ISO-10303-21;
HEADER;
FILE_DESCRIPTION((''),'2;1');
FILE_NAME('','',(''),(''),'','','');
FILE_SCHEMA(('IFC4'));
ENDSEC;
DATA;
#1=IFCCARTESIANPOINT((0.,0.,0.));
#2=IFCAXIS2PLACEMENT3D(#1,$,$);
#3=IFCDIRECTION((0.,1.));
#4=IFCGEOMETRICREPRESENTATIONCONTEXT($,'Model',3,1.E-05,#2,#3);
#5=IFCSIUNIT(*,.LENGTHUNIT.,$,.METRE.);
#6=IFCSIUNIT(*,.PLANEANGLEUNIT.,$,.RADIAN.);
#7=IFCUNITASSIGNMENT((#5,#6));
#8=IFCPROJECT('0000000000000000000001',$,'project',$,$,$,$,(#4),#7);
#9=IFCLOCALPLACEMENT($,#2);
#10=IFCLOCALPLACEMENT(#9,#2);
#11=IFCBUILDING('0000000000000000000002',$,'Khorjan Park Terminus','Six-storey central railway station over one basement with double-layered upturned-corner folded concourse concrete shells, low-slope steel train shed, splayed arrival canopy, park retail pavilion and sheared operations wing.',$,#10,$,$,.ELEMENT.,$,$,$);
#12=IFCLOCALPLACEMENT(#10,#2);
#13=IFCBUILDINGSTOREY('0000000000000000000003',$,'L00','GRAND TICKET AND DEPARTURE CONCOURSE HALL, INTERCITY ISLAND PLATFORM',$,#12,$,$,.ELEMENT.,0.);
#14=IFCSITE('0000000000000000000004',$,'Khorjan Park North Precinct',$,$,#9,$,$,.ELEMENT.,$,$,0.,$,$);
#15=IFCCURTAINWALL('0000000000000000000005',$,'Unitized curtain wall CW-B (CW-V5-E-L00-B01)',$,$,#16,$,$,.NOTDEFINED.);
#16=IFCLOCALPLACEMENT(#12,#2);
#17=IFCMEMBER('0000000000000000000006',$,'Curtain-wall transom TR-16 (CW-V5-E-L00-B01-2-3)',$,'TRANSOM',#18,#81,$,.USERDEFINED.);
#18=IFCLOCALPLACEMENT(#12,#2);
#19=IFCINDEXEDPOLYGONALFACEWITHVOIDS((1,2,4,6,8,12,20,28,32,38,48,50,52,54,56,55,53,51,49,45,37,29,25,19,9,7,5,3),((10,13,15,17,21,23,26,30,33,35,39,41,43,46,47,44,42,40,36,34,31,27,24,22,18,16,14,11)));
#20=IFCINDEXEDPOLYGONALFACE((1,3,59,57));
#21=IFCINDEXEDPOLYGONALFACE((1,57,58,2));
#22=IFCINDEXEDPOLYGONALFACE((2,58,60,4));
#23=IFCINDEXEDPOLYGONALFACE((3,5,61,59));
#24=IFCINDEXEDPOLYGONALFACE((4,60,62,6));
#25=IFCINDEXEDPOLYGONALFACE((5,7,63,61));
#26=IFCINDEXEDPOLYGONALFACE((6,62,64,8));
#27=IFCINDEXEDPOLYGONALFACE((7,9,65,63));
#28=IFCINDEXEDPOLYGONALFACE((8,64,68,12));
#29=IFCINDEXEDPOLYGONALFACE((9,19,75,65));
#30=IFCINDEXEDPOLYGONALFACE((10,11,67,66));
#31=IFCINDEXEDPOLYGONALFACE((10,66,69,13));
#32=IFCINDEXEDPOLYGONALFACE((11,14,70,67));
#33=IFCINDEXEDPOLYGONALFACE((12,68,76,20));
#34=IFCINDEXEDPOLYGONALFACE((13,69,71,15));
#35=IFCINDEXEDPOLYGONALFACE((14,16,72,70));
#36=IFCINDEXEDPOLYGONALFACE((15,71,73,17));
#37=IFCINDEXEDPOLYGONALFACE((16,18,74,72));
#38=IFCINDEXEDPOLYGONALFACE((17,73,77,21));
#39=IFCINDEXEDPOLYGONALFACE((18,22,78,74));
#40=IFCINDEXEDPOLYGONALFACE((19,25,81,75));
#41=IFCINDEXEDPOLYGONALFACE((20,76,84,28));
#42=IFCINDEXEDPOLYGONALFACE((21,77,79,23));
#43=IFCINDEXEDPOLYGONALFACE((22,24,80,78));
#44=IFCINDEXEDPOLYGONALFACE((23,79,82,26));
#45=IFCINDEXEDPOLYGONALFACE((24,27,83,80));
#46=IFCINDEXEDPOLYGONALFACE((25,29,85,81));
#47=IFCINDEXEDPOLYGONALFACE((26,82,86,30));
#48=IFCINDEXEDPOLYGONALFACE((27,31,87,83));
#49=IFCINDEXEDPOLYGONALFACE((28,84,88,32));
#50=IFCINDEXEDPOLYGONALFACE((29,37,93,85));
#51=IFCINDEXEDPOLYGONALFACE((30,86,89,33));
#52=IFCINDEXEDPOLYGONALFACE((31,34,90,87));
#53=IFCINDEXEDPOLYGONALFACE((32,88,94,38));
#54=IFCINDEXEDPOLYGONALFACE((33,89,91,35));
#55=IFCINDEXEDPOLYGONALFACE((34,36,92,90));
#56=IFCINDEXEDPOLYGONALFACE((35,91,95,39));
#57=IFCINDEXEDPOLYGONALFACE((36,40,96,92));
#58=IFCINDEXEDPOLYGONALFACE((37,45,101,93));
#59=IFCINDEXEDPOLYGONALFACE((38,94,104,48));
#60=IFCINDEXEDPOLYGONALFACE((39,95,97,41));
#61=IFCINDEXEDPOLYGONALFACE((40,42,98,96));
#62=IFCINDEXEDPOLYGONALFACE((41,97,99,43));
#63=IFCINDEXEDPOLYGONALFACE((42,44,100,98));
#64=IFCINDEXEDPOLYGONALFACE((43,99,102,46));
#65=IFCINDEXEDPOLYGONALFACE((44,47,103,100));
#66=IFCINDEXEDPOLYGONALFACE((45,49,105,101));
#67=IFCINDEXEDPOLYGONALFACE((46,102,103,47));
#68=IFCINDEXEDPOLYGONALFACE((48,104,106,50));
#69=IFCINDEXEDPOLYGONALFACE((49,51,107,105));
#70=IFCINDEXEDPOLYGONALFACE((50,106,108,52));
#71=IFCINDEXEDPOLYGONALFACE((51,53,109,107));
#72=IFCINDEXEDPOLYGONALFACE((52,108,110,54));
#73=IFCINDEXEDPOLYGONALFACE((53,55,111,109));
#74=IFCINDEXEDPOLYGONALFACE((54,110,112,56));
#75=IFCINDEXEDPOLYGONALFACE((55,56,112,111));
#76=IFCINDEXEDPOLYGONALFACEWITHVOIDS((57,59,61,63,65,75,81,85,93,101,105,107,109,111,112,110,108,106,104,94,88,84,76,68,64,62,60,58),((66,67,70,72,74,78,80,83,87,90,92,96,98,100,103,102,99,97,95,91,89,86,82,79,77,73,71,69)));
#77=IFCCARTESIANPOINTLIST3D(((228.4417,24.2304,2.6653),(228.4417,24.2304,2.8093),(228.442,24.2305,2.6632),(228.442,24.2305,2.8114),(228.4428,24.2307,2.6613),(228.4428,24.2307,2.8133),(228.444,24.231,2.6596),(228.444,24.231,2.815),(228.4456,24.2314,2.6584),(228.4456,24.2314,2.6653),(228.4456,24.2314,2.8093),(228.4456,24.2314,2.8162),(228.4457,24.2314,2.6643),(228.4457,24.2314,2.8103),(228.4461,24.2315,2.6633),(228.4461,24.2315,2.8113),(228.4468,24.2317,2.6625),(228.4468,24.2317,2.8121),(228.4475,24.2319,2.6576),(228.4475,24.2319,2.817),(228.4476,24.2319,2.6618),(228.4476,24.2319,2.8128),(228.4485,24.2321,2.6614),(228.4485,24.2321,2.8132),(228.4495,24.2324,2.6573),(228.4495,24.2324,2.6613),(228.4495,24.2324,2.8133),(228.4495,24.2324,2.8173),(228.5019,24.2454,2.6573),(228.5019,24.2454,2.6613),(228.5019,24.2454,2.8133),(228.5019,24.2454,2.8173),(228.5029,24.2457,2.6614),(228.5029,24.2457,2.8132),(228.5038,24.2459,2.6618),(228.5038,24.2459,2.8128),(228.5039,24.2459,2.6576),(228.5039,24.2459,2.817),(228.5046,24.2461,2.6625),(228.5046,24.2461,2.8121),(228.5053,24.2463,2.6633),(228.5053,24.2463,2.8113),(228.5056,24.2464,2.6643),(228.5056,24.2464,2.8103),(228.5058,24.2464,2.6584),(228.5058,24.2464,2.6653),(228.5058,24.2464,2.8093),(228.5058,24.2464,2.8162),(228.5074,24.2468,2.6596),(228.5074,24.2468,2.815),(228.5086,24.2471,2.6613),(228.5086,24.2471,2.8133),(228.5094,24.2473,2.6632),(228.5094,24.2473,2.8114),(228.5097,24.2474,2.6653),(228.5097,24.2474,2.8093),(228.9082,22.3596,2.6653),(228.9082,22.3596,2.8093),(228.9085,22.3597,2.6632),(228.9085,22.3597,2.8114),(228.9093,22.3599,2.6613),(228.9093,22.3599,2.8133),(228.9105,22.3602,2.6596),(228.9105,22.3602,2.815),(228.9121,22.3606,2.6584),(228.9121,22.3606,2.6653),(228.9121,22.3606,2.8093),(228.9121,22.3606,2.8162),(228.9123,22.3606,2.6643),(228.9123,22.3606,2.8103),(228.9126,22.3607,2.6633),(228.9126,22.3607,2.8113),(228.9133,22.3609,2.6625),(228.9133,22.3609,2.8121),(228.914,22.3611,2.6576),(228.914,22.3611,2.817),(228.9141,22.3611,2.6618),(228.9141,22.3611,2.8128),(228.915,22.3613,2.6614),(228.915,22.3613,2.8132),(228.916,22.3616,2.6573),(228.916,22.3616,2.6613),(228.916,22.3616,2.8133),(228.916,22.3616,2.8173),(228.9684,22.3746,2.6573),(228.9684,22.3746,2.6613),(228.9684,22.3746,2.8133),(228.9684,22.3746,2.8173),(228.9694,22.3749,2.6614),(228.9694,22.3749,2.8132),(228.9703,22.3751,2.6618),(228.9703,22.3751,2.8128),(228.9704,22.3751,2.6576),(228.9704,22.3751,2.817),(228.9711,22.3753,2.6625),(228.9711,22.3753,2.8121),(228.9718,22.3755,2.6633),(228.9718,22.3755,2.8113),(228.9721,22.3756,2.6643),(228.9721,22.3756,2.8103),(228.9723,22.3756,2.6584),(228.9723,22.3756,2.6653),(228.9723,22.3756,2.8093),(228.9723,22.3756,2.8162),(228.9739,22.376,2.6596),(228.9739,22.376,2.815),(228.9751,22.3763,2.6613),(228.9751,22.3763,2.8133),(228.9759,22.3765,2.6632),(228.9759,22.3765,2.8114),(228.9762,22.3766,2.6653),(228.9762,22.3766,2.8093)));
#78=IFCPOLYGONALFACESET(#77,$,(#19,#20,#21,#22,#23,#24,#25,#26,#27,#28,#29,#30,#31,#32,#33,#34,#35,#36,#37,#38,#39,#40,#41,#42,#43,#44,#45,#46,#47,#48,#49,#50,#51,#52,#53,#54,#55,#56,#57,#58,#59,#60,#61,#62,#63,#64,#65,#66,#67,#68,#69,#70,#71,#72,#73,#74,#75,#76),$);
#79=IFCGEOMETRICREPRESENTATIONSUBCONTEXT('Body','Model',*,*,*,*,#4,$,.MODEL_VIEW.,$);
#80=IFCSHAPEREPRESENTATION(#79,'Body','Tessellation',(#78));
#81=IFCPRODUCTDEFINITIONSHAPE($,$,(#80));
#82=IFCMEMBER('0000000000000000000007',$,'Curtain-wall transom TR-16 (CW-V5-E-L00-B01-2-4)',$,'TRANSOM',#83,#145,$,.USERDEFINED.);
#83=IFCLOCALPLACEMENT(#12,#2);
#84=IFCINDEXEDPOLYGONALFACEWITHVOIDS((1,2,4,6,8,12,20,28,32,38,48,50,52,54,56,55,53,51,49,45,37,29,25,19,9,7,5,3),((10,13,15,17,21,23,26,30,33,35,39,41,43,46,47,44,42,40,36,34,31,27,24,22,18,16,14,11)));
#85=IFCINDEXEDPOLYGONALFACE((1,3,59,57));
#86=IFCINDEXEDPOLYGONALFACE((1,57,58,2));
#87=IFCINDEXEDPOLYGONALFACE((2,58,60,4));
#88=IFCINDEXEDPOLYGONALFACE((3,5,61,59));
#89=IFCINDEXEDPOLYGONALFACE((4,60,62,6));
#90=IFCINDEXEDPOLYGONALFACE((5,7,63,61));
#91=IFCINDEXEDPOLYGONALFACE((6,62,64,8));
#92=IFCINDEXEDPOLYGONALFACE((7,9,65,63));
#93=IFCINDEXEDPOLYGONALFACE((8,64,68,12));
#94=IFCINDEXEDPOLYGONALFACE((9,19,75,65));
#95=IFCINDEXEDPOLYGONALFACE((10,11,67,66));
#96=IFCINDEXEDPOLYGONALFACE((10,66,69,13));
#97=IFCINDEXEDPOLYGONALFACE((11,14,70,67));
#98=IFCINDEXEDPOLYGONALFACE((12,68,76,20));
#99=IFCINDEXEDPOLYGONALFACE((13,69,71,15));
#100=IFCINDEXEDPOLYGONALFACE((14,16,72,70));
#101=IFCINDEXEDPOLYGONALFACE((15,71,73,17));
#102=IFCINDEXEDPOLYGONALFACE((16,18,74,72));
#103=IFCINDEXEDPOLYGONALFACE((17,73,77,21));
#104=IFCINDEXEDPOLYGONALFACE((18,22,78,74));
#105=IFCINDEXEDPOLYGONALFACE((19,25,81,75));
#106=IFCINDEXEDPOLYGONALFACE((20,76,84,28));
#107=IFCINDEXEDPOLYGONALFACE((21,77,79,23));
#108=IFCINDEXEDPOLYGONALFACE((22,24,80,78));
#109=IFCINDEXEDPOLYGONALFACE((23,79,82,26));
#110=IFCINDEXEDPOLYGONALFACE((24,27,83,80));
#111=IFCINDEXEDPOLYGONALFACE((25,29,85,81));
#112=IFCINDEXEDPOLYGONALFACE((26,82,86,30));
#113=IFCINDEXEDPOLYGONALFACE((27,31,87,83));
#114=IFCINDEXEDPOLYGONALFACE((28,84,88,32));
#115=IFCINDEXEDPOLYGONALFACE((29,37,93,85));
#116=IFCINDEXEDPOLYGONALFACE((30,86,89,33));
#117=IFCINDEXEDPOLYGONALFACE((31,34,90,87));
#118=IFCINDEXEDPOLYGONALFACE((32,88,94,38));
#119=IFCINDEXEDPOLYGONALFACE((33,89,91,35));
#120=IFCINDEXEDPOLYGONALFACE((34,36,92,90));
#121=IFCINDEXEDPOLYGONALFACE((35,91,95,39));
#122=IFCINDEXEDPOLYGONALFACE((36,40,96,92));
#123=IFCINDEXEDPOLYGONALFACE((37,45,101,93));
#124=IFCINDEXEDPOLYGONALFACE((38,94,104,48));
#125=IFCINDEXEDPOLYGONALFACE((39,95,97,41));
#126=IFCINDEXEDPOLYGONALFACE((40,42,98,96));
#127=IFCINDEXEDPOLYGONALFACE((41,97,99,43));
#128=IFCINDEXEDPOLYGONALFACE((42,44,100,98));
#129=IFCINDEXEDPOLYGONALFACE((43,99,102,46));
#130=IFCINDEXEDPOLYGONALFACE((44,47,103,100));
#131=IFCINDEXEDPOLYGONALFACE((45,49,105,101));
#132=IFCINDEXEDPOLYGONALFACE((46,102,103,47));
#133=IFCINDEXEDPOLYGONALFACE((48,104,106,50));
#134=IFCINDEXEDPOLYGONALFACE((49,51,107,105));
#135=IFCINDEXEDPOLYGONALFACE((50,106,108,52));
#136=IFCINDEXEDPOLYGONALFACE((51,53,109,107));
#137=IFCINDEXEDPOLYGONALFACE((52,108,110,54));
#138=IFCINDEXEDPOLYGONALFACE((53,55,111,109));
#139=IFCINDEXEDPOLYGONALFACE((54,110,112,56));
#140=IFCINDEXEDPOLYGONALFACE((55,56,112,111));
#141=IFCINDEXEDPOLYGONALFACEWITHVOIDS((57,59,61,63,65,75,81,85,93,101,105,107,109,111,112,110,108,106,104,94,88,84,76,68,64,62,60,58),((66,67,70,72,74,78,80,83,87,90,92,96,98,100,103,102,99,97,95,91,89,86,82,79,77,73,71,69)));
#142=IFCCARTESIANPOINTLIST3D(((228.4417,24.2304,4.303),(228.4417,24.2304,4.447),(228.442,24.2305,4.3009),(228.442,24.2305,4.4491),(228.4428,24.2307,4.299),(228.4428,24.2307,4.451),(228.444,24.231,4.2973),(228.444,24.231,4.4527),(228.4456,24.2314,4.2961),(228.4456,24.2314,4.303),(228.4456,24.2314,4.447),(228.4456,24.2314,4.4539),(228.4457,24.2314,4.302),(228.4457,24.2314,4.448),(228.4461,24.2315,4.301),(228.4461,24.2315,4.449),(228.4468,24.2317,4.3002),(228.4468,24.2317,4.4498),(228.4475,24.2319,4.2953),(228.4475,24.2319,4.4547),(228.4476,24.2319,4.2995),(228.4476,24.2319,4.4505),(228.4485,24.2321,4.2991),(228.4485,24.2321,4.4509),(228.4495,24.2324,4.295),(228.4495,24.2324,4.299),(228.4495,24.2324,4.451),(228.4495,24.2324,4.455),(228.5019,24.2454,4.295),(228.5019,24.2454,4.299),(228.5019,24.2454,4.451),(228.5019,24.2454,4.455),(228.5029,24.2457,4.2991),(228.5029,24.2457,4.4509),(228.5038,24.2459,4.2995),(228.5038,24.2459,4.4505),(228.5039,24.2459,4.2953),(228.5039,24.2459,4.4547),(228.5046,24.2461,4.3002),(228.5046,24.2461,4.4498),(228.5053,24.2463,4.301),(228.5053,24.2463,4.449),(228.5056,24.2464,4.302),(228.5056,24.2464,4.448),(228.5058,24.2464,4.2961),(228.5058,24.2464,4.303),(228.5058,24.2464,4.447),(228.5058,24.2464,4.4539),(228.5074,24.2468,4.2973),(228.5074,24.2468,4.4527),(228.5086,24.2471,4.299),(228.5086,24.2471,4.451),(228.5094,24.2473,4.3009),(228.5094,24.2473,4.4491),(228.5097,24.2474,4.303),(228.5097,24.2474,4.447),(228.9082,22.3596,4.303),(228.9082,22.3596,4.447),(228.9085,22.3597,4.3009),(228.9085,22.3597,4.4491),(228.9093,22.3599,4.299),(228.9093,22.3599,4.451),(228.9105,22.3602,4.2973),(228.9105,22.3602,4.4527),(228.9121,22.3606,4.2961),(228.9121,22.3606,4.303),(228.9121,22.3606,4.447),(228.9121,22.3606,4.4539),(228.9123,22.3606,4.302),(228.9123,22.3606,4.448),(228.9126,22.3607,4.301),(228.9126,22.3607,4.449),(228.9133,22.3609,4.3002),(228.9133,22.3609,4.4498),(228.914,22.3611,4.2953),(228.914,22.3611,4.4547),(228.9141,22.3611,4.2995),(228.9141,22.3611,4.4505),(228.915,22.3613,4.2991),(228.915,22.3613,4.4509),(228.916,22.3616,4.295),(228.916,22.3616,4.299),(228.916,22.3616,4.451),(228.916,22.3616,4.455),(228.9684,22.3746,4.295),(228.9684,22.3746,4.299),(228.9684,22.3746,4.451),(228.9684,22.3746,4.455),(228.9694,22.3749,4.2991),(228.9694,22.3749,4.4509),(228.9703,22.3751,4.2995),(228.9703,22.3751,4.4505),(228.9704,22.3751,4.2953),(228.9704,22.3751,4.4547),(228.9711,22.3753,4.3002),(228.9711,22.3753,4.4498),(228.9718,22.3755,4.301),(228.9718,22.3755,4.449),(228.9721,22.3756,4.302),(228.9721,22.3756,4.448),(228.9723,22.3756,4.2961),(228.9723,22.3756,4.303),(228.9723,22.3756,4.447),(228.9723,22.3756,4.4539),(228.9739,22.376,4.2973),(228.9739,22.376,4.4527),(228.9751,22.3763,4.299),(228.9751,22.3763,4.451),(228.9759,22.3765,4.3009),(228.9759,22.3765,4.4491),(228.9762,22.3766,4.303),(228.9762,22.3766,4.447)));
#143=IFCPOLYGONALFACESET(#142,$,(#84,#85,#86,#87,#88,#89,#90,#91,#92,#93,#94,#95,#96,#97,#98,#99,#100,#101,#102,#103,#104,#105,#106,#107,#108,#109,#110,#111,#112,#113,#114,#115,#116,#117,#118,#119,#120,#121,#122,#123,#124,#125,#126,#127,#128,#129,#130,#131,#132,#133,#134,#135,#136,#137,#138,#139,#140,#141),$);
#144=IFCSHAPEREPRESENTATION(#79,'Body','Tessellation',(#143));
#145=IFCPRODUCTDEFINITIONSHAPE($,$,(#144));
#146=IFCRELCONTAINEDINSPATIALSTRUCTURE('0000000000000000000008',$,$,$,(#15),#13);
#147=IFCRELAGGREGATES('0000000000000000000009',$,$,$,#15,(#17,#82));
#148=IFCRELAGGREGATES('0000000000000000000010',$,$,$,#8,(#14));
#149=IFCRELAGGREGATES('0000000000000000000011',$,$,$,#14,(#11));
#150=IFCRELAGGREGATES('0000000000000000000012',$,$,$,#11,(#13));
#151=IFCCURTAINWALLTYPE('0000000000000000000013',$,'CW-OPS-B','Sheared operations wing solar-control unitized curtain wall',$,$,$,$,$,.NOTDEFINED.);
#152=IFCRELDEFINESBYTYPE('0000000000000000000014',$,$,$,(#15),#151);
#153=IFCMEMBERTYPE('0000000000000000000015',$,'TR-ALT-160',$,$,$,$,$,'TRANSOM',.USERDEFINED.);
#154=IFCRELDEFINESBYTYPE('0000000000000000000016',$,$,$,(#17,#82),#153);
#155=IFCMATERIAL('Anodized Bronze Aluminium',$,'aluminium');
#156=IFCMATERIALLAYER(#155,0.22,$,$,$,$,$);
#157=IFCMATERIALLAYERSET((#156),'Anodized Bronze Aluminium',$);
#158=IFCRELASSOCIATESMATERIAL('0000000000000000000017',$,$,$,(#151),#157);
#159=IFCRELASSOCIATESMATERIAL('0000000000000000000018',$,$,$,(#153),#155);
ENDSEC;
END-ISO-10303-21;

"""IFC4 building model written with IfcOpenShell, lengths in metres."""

from ifc_helpers import new_model, si_unit, direction, frame, origin, origin_2d, place, context, subcontext, project, spatial, hollow_rectangle, extrude, material, layer, layer_set, material_profile, profile_set, type_object, element, aggregate, save


model = new_model("IFC4")

# Units and contexts
model_context = context("Model", 3, precision=1e-05, world=origin(), true_north=direction((0.0, 1.0)))
body_context = subcontext(model_context, "Body", "Model", "MODEL_VIEW")
ifc_project = project(units=[si_unit("LENGTHUNIT", "METRE"), si_unit("PLANEANGLEUNIT", "RADIAN")], contexts=[model_context])

# Site, building, storey
site_placement = place(None, origin())
site = spatial("IfcSite", under=ifc_project, at=site_placement, Name="Khorjan Park North Precinct", CompositionType="ELEMENT", RefElevation=0.0)
building_placement = place(site_placement, origin())
building = spatial("IfcBuilding", under=site, at=building_placement, Name="Khorjan Park Terminus", Description="Six-storey central railway station over one basement with double-layered upturned-corner folded concourse concrete shells, low-slope steel train shed, splayed arrival canopy, park retail pavilion and sheared operations wing.", CompositionType="ELEMENT")
storey_placement = place(building_placement, origin())
storey = spatial("IfcBuildingStorey", under=building, at=storey_placement, Name="L00", Description="GRAND TICKET AND DEPARTURE CONCOURSE HALL, INTERCITY ISLAND PLATFORM", CompositionType="ELEMENT", Elevation=0.0)

# Curtain wall, members
ifc_material_1 = material(Name="Anodized Bronze Aluminium", Category="aluminium")
ifc_layer_1 = layer(ifc_material_1, 0.22)
ifc_layer_set_1 = layer_set([ifc_layer_1], Name="Anodized Bronze Aluminium")
curtain_wall_type = type_object("IfcCurtainWallType", Name="CW-OPS-B", Description="Sheared operations wing solar-control unitized curtain wall", PredefinedType="NOTDEFINED", material=ifc_layer_set_1)
curtain_wall_placement = place(storey_placement, origin())
curtain_wall = element("IfcCurtainWall", 1, at=curtain_wall_placement, inside=storey, type_object=curtain_wall_type, Name="Unitized curtain wall CW-B (CW-V5-E-L00-B01)", PredefinedType="NOTDEFINED")
ifc_material_profile_1 = material_profile(ifc_material_1, hollow_rectangle(XDim=0.07, YDim=0.16, WallThickness=0.004, InnerFilletRadius=0.004, OuterFilletRadius=0.008, at=origin_2d()), Name="ALT 70x160x4")
ifc_profile_set_1 = profile_set([ifc_material_profile_1], Name="Anodized Bronze Aluminium")
member_type_1 = type_object("IfcMemberType", Name="TR-ALT-160", ElementType="TRANSOM", PredefinedType="USERDEFINED", material=ifc_profile_set_1)
member_1_placement = place(storey_placement, frame((228.9422, 22.3681, 2.7373), z_axis=(-0.24195, 0.970289, 0.0), x_axis=(-0.970289, -0.24195, 0.0)))
member_1 = element("IfcMember", 2, at=member_1_placement, type_object=member_type_1, Name="Curtain-wall transom TR-16 (CW-V5-E-L00-B01-2-3)", ObjectType="TRANSOM", PredefinedType="USERDEFINED", context=body_context, shape_type="SweptSolid", body=[
    extrude(hollow_rectangle(XDim=0.07, YDim=0.16, WallThickness=0.004, InnerFilletRadius=0.004, OuterFilletRadius=0.008, at=origin_2d()), origin(), (0.0, 0.0, 1.0), 1.9281),
])
member_2_placement = place(storey_placement, frame((228.9422, 22.3681, 4.375), z_axis=(-0.24195, 0.970289, 0.0), x_axis=(-0.970289, -0.24195, 0.0)))
member_2 = element("IfcMember", 3, at=member_2_placement, type_object=member_type_1, Name="Curtain-wall transom TR-16 (CW-V5-E-L00-B01-2-4)", ObjectType="TRANSOM", PredefinedType="USERDEFINED", context=body_context, shape_type="SweptSolid", body=[
    extrude(hollow_rectangle(XDim=0.07, YDim=0.16, WallThickness=0.004, InnerFilletRadius=0.004, OuterFilletRadius=0.008, at=origin_2d()), origin(), (0.0, 0.0, 1.0), 1.9281),
])
aggregate(curtain_wall, [member_1, member_2])

save(model, "model.ifc")
